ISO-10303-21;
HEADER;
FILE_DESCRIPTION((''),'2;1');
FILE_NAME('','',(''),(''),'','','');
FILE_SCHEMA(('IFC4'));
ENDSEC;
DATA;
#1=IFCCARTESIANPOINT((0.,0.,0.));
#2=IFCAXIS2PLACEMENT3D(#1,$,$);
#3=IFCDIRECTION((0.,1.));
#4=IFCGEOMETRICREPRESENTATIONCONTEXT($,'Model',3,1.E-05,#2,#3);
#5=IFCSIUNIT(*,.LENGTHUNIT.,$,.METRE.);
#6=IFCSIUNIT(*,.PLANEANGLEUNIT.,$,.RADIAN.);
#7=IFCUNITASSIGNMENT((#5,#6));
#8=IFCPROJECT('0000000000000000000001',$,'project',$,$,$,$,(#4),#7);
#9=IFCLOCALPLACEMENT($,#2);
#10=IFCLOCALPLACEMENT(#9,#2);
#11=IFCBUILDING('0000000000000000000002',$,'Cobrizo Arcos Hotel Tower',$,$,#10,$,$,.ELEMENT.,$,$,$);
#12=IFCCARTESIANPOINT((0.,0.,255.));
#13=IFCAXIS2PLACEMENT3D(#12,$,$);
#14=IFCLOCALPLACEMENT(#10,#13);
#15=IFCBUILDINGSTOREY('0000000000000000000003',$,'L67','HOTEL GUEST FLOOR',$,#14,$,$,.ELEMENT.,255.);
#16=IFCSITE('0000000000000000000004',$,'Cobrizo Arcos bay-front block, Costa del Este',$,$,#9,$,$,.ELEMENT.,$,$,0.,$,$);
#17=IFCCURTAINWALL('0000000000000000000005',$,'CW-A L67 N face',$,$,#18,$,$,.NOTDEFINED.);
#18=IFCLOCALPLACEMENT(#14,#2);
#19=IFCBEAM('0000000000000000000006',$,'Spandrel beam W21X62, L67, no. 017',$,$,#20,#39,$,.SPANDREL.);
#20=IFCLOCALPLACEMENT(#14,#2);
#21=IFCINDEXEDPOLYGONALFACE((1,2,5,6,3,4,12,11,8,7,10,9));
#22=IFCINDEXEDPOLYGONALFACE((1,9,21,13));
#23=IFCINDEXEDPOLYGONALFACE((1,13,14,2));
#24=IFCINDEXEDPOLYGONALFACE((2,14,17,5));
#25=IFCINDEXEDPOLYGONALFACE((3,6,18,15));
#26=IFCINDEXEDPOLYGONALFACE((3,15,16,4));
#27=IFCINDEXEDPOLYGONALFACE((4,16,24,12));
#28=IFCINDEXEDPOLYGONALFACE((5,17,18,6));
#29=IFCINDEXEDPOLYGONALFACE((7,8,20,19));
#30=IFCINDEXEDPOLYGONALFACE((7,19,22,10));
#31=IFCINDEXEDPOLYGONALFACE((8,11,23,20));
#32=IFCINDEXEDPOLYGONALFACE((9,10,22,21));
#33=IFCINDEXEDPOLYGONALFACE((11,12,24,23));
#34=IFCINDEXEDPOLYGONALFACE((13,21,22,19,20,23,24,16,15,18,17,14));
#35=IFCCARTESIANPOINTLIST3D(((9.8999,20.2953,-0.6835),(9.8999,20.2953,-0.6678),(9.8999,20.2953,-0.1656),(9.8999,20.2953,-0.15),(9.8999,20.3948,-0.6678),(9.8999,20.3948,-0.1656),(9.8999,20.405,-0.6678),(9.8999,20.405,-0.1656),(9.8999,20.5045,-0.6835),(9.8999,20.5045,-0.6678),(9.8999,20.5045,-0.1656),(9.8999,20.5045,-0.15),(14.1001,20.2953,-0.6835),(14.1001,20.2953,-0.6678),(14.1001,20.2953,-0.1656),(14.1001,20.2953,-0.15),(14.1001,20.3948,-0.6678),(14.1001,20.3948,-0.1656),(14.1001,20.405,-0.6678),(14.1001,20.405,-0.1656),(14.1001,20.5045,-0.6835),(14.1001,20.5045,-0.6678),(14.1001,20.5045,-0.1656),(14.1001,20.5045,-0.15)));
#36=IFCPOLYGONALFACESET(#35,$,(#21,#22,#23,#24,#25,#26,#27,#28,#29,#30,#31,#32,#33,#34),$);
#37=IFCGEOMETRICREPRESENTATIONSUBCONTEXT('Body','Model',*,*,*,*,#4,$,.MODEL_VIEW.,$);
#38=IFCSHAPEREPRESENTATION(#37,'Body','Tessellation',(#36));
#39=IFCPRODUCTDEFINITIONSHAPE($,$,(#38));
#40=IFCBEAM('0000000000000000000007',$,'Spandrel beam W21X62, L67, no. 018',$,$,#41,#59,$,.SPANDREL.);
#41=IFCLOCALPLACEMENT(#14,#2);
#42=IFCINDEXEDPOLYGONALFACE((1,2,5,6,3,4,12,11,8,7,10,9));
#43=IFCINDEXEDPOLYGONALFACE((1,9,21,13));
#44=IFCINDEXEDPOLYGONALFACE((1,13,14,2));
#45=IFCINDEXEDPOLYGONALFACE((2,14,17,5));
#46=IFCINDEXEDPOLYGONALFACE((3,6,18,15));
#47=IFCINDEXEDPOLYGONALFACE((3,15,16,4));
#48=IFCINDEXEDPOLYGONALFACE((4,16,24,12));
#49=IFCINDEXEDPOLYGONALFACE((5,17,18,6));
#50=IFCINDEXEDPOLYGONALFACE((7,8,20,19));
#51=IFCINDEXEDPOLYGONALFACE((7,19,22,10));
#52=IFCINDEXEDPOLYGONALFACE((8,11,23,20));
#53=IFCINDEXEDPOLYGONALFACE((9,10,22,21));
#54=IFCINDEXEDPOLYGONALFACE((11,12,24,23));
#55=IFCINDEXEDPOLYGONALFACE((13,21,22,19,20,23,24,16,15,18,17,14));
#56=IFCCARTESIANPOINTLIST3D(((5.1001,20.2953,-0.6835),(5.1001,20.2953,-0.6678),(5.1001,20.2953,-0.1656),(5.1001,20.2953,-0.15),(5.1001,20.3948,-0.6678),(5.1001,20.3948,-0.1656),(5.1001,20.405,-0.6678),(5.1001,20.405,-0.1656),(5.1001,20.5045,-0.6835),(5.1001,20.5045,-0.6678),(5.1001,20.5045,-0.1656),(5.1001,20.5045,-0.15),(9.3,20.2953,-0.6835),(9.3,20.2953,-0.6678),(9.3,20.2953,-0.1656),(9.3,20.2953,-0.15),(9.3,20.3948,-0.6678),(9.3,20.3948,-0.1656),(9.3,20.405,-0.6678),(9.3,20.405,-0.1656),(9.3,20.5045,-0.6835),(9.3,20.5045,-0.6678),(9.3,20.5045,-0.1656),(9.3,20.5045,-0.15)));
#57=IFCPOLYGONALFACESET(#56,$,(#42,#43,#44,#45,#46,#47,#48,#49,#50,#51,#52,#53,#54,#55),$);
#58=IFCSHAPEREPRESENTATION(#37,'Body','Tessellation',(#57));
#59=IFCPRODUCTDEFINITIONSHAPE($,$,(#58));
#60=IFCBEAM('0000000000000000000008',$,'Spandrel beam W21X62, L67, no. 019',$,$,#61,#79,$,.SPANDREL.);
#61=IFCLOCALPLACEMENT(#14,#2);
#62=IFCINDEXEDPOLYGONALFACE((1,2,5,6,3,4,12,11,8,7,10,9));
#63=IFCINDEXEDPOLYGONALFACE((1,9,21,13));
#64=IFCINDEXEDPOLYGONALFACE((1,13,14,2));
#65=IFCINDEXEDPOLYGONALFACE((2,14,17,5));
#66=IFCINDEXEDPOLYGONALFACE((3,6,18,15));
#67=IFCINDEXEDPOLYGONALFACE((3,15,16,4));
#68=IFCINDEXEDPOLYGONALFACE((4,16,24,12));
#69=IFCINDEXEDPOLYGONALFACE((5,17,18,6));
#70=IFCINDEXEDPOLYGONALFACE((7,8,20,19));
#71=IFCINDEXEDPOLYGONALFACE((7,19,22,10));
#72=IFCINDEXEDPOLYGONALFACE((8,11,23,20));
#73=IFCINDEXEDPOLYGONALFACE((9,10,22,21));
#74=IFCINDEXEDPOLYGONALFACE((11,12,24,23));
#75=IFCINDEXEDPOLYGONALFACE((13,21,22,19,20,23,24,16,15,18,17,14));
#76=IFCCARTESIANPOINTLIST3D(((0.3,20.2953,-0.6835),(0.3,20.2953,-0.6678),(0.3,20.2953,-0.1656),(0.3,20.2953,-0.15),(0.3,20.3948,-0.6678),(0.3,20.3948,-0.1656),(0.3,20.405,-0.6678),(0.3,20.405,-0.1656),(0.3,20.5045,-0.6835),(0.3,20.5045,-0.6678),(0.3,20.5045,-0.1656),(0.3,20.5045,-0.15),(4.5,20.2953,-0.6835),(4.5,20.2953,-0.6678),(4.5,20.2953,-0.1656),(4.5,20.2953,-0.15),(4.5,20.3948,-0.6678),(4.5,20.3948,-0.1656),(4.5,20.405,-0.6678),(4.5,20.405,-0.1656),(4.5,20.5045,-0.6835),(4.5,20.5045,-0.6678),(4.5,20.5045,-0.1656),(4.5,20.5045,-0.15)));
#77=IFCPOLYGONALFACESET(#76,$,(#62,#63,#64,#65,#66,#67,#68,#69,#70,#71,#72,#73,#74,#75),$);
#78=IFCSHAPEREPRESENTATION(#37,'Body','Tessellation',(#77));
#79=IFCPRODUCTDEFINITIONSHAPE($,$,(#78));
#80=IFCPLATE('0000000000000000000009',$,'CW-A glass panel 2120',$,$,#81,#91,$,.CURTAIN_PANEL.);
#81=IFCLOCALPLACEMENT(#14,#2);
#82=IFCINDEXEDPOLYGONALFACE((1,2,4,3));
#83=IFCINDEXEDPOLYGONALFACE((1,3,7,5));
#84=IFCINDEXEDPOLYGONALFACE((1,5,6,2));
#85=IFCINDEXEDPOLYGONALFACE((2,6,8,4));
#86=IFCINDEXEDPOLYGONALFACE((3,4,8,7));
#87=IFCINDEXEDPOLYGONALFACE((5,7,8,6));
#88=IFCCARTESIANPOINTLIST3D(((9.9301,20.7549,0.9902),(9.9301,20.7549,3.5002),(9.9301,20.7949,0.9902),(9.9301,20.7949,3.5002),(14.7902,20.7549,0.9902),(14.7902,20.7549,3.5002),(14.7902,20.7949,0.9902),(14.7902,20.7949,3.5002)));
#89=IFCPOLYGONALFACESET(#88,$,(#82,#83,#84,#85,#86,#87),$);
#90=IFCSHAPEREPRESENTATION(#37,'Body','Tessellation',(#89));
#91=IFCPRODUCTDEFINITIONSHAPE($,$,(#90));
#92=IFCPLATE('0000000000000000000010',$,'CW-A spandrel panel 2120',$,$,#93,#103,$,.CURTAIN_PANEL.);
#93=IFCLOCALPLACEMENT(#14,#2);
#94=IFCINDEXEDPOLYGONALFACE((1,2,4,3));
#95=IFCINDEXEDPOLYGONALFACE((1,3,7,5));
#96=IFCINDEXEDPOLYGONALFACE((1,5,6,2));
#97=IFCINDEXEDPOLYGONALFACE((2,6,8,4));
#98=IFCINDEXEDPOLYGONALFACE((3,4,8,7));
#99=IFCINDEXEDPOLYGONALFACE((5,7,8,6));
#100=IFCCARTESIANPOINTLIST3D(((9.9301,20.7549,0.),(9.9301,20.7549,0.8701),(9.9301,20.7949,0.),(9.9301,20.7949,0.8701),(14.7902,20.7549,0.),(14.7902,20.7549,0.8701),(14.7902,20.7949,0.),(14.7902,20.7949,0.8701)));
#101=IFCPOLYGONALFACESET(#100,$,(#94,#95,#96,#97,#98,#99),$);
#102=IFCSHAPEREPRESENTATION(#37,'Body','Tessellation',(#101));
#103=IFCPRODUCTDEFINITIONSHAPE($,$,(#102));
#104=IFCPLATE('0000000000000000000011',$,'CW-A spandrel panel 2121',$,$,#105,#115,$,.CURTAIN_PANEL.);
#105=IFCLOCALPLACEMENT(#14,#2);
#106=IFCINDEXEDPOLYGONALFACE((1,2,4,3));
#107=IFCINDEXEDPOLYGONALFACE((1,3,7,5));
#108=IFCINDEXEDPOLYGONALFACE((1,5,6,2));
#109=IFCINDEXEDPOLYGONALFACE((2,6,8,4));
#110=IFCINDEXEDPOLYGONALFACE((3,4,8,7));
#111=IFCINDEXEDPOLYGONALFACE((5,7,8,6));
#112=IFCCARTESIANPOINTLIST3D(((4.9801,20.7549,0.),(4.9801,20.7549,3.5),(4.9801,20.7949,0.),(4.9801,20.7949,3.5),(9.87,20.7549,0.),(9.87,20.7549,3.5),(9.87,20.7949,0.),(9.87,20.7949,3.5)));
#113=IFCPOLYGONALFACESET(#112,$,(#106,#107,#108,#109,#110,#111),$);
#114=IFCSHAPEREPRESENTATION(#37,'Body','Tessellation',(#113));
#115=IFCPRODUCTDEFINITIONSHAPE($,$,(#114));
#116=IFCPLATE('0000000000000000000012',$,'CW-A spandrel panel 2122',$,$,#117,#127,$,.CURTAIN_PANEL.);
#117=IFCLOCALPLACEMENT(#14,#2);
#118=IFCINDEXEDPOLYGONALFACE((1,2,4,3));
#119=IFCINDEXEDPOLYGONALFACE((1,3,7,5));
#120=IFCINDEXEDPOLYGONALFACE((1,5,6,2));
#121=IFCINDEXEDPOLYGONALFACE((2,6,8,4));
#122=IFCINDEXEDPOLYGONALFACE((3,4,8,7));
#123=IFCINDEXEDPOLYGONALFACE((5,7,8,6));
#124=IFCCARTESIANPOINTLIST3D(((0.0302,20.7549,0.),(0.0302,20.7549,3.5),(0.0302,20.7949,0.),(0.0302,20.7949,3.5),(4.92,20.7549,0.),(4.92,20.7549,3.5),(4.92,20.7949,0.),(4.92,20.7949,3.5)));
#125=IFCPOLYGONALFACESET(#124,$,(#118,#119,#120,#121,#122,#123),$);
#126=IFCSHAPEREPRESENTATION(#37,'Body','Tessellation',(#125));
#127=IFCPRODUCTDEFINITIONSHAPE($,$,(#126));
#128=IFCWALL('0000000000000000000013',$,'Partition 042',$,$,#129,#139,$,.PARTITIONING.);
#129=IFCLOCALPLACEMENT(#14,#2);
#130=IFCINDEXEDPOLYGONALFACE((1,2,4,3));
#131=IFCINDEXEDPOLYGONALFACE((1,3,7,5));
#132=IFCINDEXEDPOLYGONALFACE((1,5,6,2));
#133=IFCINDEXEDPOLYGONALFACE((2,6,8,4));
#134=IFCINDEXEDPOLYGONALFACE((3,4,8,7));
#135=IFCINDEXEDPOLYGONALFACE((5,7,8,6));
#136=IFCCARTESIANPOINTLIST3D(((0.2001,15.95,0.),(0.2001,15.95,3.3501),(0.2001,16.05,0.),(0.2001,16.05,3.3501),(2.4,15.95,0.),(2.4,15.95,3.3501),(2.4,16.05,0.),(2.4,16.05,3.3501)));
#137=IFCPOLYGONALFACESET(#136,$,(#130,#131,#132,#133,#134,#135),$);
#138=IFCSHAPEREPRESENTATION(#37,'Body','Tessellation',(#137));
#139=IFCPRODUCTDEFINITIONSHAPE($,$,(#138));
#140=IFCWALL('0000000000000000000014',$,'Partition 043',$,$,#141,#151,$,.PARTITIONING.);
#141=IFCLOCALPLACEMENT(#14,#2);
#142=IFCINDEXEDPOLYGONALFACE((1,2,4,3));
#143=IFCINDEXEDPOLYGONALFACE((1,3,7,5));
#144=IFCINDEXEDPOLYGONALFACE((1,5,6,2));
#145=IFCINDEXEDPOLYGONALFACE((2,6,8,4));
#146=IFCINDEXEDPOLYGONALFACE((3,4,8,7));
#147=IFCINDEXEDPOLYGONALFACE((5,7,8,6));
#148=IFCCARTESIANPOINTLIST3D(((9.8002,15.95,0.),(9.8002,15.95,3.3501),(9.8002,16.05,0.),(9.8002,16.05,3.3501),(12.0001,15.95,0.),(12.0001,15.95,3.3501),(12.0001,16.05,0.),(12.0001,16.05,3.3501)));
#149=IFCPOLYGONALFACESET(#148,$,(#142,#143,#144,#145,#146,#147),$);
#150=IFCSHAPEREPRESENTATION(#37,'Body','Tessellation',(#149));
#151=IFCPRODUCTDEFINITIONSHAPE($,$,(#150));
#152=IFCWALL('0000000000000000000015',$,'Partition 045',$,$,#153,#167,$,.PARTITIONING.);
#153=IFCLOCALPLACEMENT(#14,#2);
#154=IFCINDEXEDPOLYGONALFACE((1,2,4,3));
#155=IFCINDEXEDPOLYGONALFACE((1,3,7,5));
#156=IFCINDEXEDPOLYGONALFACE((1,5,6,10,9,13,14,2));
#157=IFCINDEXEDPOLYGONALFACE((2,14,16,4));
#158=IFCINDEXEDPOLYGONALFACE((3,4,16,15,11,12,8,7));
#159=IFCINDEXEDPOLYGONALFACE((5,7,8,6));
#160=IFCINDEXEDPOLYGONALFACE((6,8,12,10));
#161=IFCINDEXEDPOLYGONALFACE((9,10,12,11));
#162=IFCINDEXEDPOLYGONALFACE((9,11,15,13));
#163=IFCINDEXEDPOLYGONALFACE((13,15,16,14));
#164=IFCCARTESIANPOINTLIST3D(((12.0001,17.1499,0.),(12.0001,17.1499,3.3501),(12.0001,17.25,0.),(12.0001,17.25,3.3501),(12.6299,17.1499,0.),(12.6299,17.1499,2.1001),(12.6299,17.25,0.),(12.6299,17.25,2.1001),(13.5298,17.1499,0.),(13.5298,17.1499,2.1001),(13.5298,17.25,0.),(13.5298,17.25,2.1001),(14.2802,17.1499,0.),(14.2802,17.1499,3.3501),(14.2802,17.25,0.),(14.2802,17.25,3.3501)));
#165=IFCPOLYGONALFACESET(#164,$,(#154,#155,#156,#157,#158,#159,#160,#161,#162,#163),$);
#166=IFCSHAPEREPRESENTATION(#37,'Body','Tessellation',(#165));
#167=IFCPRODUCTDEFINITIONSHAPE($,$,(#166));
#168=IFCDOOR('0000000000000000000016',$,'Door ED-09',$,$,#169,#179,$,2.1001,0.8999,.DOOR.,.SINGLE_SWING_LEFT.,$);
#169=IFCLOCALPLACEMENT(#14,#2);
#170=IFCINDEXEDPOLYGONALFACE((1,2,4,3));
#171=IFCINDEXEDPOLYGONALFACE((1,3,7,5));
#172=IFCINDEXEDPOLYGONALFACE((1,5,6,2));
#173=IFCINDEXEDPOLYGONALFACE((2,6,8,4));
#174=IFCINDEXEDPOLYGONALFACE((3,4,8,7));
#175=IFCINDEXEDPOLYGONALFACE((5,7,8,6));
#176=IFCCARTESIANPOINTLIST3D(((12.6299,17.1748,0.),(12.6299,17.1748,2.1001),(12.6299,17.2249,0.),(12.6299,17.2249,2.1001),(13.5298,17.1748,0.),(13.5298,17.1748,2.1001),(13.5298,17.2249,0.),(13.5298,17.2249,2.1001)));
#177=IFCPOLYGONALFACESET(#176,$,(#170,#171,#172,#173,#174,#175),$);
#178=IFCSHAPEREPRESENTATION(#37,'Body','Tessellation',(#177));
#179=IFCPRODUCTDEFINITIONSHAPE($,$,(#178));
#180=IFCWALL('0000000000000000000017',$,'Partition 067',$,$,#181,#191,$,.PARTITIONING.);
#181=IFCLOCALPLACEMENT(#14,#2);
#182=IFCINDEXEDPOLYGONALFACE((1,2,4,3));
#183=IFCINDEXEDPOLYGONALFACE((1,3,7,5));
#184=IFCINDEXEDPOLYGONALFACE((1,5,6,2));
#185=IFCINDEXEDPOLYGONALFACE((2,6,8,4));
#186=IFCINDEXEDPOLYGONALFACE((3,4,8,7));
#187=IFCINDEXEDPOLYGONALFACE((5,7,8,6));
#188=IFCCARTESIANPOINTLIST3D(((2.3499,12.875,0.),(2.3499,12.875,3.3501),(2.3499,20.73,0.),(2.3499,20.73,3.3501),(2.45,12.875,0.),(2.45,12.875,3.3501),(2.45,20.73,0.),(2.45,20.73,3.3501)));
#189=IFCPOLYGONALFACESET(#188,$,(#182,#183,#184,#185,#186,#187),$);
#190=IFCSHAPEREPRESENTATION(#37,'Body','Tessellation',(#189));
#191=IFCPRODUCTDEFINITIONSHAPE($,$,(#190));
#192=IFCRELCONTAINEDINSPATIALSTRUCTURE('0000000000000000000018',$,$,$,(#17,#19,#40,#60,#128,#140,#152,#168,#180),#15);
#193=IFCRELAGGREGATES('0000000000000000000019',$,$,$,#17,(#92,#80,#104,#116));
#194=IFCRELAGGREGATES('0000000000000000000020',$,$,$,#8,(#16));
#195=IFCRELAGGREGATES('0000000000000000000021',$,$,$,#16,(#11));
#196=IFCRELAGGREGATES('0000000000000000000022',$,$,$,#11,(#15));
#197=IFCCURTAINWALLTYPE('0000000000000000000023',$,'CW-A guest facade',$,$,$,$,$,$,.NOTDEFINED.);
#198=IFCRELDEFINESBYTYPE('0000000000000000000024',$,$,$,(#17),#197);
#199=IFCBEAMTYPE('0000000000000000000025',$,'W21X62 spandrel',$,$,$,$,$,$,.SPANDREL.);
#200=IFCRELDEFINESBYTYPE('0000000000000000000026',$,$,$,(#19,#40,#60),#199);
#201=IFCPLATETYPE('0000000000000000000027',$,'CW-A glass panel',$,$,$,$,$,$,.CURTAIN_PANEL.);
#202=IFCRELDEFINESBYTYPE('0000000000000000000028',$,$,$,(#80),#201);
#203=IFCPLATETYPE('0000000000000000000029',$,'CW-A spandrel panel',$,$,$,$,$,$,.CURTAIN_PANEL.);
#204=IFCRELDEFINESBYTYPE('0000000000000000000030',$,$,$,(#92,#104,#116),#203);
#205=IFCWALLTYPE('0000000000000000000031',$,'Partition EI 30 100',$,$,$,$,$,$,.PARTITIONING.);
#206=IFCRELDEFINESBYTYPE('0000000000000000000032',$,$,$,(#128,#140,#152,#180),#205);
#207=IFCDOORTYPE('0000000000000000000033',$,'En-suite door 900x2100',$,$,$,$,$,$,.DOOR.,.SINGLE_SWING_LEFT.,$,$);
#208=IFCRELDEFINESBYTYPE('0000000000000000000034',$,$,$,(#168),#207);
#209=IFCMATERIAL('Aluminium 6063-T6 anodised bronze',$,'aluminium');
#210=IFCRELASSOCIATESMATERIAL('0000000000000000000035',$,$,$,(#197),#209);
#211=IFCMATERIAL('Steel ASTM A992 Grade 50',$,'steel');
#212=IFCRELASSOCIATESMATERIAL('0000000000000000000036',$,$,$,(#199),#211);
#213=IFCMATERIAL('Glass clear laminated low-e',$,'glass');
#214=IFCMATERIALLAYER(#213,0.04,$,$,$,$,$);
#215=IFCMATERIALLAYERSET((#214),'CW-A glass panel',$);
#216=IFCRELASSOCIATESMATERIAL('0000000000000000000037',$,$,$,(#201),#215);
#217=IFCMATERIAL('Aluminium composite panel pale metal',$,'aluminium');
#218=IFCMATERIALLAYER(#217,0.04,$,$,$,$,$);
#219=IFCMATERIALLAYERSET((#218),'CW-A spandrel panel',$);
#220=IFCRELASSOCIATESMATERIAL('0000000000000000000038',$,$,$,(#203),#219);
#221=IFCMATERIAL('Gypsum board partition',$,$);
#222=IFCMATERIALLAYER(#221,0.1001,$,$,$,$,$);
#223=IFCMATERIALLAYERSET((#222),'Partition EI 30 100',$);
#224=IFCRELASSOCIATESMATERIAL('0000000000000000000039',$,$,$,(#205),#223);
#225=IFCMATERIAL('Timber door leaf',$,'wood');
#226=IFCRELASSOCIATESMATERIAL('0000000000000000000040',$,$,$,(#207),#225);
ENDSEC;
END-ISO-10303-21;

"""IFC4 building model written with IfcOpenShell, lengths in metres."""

from ifc_helpers import new_model, si_unit, direction, frame, frame_2d, origin, origin_2d, place, context, subcontext, project, spatial, rectangle, i_section, extrude, material, layer, layer_set, material_profile, profile_set, type_object, element, fill, aggregate, save


model = new_model("IFC4")

# Units and contexts
model_context = context("Model", 3, precision=1e-05, world=origin(), true_north=direction((0.0, 1.0)))
body_context = subcontext(model_context, "Body", "Model", "MODEL_VIEW")
ifc_project = project(units=[si_unit("LENGTHUNIT", "METRE"), si_unit("PLANEANGLEUNIT", "RADIAN")], contexts=[model_context])

# Site, building, storey
site_placement = place(None, origin())
site = spatial("IfcSite", under=ifc_project, at=site_placement, Name="Cobrizo Arcos bay-front block, Costa del Este", CompositionType="ELEMENT", RefElevation=0.0)
building_placement = place(site_placement, origin())
building = spatial("IfcBuilding", under=site, at=building_placement, Name="Cobrizo Arcos Hotel Tower", CompositionType="ELEMENT")
storey_placement = place(building_placement, frame((0.0, 0.0, 255.0)))
storey = spatial("IfcBuildingStorey", under=building, at=storey_placement, Name="L67", Description="HOTEL GUEST FLOOR", CompositionType="ELEMENT", Elevation=255.0)

# Curtain wall
ifc_material_1 = material(Name="Aluminium 6063-T6 anodised bronze", Category="aluminium")
curtain_wall_type = type_object("IfcCurtainWallType", Name="CW-A guest facade", PredefinedType="NOTDEFINED", material=ifc_material_1)
curtain_wall_placement = place(storey_placement, origin())
curtain_wall = element("IfcCurtainWall", 1, at=curtain_wall_placement, inside=storey, type_object=curtain_wall_type, Name="CW-A L67 N face", PredefinedType="NOTDEFINED")

# Beams
ifc_material_2 = material(Name="Steel ASTM A992 Grade 50", Category="steel")
ifc_material_profile_1 = material_profile(ifc_material_2, i_section(OverallWidth=0.2092, OverallDepth=0.5334, WebThickness=0.0103, FlangeThickness=0.0156, at=origin_2d()), Name="W21X62")
ifc_profile_set_1 = profile_set([ifc_material_profile_1], Name="Steel ASTM A992 Grade 50")
beam_type_1 = type_object("IfcBeamType", Name="W21X62 spandrel", PredefinedType="SPANDREL", material=ifc_profile_set_1)
beam_1_placement = place(storey_placement, frame((14.1001, 20.3999, -0.4167), z_axis=(-1.0, 0.0, 0.0), x_axis=(0.0, -1.0, 0.0)))
element("IfcBeam", 2, at=beam_1_placement, inside=storey, type_object=beam_type_1, Name="Spandrel beam W21X62, L67, no. 017", PredefinedType="SPANDREL", context=body_context, shape_type="SweptSolid", body=[
    extrude(i_section(OverallWidth=0.2092, OverallDepth=0.5334, WebThickness=0.0103, FlangeThickness=0.0156, at=origin_2d()), origin(), (0.0, 0.0, 1.0), 4.2002),
])
for number, where, z_axis, x_axis, name in (
    (3, (9.3, 20.3999, -0.4167), (-1.0, 0.0, 0.0), (0.0, -1.0, 0.0), "Spandrel beam W21X62, L67, no. 018"),
    (4, (4.5, 20.3999, -0.4167), (-1.0, 0.0, 0.0), (0.0, -1.0, 0.0), "Spandrel beam W21X62, L67, no. 019"),
):
    element("IfcBeam", number, at=place(storey_placement, frame(where, z_axis=z_axis, x_axis=x_axis)), inside=storey, type_object=beam_type_1, Name=name, PredefinedType="SPANDREL", context=body_context, shape_type="SweptSolid", body=[
        extrude(i_section(OverallWidth=0.2092, OverallDepth=0.5334, WebThickness=0.0103, FlangeThickness=0.0156, at=origin_2d()), origin(), (0.0, 0.0, 1.0), 4.2),
    ])

# Plates
ifc_material_3 = material(Name="Glass clear laminated low-e", Category="glass")
ifc_layer_1 = layer(ifc_material_3, 0.04)
ifc_layer_set_1 = layer_set([ifc_layer_1], Name="CW-A glass panel")
plate_type_1 = type_object("IfcPlateType", Name="CW-A glass panel", PredefinedType="CURTAIN_PANEL", material=ifc_layer_set_1)
plate_1_placement = place(storey_placement, frame((12.3601, 20.7749, 0.9902), z_axis=(0.0, 0.0, 1.0), x_axis=(-1.0, 0.0, 0.0)))
plate_1 = element("IfcPlate", 5, at=plate_1_placement, type_object=plate_type_1, Name="CW-A glass panel 2120", PredefinedType="CURTAIN_PANEL", context=body_context, shape_type="SweptSolid", body=[
    extrude(rectangle(XDim=4.8601, YDim=0.04, at=origin_2d()), origin(), (0.0, 0.0, 1.0), 2.51),
])
ifc_material_4 = material(Name="Aluminium composite panel pale metal", Category="aluminium")
ifc_layer_2 = layer(ifc_material_4, 0.04)
ifc_layer_set_2 = layer_set([ifc_layer_2], Name="CW-A spandrel panel")
plate_type_2 = type_object("IfcPlateType", Name="CW-A spandrel panel", PredefinedType="CURTAIN_PANEL", material=ifc_layer_set_2)
plate_2_placement = place(storey_placement, frame((12.3601, 20.7749, 0.0), z_axis=(0.0, 0.0, 1.0), x_axis=(-1.0, 0.0, 0.0)))
plate_2 = element("IfcPlate", 6, at=plate_2_placement, type_object=plate_type_2, Name="CW-A spandrel panel 2120", PredefinedType="CURTAIN_PANEL", context=body_context, shape_type="SweptSolid", body=[
    extrude(rectangle(XDim=4.8601, YDim=0.04, at=origin_2d()), origin(), (0.0, 0.0, 1.0), 0.8701),
])
plate_3_placement = place(storey_placement, frame((7.425, 20.7749, 0.0), z_axis=(0.0, 0.0, 1.0), x_axis=(-1.0, 0.0, 0.0)))
plate_3 = element("IfcPlate", 7, at=plate_3_placement, type_object=plate_type_2, Name="CW-A spandrel panel 2121", PredefinedType="CURTAIN_PANEL", context=body_context, shape_type="SweptSolid", body=[
    extrude(rectangle(XDim=4.8899, YDim=0.04, at=origin_2d()), origin(), (0.0, 0.0, 1.0), 3.5),
])
plate_4_placement = place(storey_placement, frame((2.4751, 20.7749, 0.0), z_axis=(0.0, 0.0, 1.0), x_axis=(-1.0, 0.0, 0.0)))
plate_4 = element("IfcPlate", 8, at=plate_4_placement, type_object=plate_type_2, Name="CW-A spandrel panel 2122", PredefinedType="CURTAIN_PANEL", context=body_context, shape_type="SweptSolid", body=[
    extrude(rectangle(XDim=4.8899, YDim=0.04, at=origin_2d()), origin(), (0.0, 0.0, 1.0), 3.5),
])
aggregate(curtain_wall, [plate_2, plate_1, plate_3, plate_4])

# Walls
ifc_material_5 = material(Name="Gypsum board partition")
ifc_layer_3 = layer(ifc_material_5, 0.1001)
ifc_layer_set_3 = layer_set([ifc_layer_3], Name="Partition EI 30 100")
wall_type = type_object("IfcWallType", Name="Partition EI 30 100", PredefinedType="PARTITIONING", material=ifc_layer_set_3)
for number, where, z_axis, x_axis, name in (
    (9, (0.2, 16.0, 0.0), (0.0, 0.0, 1.0), (1.0, 0.0, 0.0), "Partition 042"),
    (10, (9.8, 16.0, 0.0), (0.0, 0.0, 1.0), (1.0, 0.0, 0.0), "Partition 043"),
):
    element("IfcWall", number, at=place(storey_placement, frame(where, z_axis=z_axis, x_axis=x_axis)), inside=storey, type_object=wall_type, Name=name, PredefinedType="PARTITIONING", context=body_context, shape_type="SweptSolid", body=[
        extrude(rectangle(XDim=2.2, YDim=0.1001, at=frame_2d((1.1001, 0.0))), origin(), (0.0, 0.0, 1.0), 3.3501),
    ])

# Wall, opening, door
wall_1_placement = place(storey_placement, frame((12.0, 17.2, 0.0), z_axis=(0.0, 0.0, 1.0), x_axis=(1.0, 0.0, 0.0)))
wall_1 = element("IfcWall", 11, at=wall_1_placement, inside=storey, type_object=wall_type, Name="Partition 045", PredefinedType="PARTITIONING", context=body_context, shape_type="SweptSolid", body=[
    extrude(rectangle(XDim=2.28, YDim=0.1001, at=frame_2d((1.1401, 0.0))), origin(), (0.0, 0.0, 1.0), 3.3501),
])
opening_1_placement = place(wall_1_placement, frame((0.6299, 0.0, 0.0)))
opening_1 = element("IfcOpeningElement", 12, at=opening_1_placement, cuts=wall_1, PredefinedType="OPENING", context=body_context, shape_type="SweptSolid", body=[
    extrude(rectangle(XDim=0.8999, YDim=2.1001, at=frame_2d((0.45, 1.05))), frame((0.0, 0.062, 0.0), z_axis=(0.0, -1.0, 0.0), x_axis=(1.0, 0.0, 0.0)), (0.0, 0.0, 1.0), 0.124),
])
ifc_material_6 = material(Name="Timber door leaf", Category="wood")
door_type_1 = type_object("IfcDoorType", Name="En-suite door 900x2100", OperationType="SINGLE_SWING_LEFT", PredefinedType="DOOR", material=ifc_material_6)
door_1_placement = place(opening_1_placement, origin())
door_1 = element("IfcDoor", 13, at=door_1_placement, inside=storey, type_object=door_type_1, Name="Door ED-09", OperationType="SINGLE_SWING_LEFT", OverallHeight=2.1001, OverallWidth=0.8999, PredefinedType="DOOR", context=body_context, shape_type="SweptSolid", body=[
    extrude(rectangle(XDim=0.8999, YDim=2.1001, at=frame_2d((0.45, 1.05))), frame((0.0, 0.0249, 0.0), z_axis=(0.0, -1.0, 0.0), x_axis=(1.0, 0.0, 0.0)), (0.0, 0.0, 1.0), 0.05),
])
fill(opening_1, door_1)

# Wall
wall_2_placement = place(storey_placement, frame((2.3999, 12.875, 0.0), z_axis=(0.0, 0.0, 1.0), x_axis=(0.0, 1.0, 0.0)))
element("IfcWall", 14, at=wall_2_placement, inside=storey, type_object=wall_type, Name="Partition 067", PredefinedType="PARTITIONING", context=body_context, shape_type="SweptSolid", body=[
    extrude(rectangle(XDim=7.855, YDim=0.1001, at=frame_2d((3.9275, 0.0))), origin(), (0.0, 0.0, 1.0), 3.3501),
])

save(model, "model.ifc")
